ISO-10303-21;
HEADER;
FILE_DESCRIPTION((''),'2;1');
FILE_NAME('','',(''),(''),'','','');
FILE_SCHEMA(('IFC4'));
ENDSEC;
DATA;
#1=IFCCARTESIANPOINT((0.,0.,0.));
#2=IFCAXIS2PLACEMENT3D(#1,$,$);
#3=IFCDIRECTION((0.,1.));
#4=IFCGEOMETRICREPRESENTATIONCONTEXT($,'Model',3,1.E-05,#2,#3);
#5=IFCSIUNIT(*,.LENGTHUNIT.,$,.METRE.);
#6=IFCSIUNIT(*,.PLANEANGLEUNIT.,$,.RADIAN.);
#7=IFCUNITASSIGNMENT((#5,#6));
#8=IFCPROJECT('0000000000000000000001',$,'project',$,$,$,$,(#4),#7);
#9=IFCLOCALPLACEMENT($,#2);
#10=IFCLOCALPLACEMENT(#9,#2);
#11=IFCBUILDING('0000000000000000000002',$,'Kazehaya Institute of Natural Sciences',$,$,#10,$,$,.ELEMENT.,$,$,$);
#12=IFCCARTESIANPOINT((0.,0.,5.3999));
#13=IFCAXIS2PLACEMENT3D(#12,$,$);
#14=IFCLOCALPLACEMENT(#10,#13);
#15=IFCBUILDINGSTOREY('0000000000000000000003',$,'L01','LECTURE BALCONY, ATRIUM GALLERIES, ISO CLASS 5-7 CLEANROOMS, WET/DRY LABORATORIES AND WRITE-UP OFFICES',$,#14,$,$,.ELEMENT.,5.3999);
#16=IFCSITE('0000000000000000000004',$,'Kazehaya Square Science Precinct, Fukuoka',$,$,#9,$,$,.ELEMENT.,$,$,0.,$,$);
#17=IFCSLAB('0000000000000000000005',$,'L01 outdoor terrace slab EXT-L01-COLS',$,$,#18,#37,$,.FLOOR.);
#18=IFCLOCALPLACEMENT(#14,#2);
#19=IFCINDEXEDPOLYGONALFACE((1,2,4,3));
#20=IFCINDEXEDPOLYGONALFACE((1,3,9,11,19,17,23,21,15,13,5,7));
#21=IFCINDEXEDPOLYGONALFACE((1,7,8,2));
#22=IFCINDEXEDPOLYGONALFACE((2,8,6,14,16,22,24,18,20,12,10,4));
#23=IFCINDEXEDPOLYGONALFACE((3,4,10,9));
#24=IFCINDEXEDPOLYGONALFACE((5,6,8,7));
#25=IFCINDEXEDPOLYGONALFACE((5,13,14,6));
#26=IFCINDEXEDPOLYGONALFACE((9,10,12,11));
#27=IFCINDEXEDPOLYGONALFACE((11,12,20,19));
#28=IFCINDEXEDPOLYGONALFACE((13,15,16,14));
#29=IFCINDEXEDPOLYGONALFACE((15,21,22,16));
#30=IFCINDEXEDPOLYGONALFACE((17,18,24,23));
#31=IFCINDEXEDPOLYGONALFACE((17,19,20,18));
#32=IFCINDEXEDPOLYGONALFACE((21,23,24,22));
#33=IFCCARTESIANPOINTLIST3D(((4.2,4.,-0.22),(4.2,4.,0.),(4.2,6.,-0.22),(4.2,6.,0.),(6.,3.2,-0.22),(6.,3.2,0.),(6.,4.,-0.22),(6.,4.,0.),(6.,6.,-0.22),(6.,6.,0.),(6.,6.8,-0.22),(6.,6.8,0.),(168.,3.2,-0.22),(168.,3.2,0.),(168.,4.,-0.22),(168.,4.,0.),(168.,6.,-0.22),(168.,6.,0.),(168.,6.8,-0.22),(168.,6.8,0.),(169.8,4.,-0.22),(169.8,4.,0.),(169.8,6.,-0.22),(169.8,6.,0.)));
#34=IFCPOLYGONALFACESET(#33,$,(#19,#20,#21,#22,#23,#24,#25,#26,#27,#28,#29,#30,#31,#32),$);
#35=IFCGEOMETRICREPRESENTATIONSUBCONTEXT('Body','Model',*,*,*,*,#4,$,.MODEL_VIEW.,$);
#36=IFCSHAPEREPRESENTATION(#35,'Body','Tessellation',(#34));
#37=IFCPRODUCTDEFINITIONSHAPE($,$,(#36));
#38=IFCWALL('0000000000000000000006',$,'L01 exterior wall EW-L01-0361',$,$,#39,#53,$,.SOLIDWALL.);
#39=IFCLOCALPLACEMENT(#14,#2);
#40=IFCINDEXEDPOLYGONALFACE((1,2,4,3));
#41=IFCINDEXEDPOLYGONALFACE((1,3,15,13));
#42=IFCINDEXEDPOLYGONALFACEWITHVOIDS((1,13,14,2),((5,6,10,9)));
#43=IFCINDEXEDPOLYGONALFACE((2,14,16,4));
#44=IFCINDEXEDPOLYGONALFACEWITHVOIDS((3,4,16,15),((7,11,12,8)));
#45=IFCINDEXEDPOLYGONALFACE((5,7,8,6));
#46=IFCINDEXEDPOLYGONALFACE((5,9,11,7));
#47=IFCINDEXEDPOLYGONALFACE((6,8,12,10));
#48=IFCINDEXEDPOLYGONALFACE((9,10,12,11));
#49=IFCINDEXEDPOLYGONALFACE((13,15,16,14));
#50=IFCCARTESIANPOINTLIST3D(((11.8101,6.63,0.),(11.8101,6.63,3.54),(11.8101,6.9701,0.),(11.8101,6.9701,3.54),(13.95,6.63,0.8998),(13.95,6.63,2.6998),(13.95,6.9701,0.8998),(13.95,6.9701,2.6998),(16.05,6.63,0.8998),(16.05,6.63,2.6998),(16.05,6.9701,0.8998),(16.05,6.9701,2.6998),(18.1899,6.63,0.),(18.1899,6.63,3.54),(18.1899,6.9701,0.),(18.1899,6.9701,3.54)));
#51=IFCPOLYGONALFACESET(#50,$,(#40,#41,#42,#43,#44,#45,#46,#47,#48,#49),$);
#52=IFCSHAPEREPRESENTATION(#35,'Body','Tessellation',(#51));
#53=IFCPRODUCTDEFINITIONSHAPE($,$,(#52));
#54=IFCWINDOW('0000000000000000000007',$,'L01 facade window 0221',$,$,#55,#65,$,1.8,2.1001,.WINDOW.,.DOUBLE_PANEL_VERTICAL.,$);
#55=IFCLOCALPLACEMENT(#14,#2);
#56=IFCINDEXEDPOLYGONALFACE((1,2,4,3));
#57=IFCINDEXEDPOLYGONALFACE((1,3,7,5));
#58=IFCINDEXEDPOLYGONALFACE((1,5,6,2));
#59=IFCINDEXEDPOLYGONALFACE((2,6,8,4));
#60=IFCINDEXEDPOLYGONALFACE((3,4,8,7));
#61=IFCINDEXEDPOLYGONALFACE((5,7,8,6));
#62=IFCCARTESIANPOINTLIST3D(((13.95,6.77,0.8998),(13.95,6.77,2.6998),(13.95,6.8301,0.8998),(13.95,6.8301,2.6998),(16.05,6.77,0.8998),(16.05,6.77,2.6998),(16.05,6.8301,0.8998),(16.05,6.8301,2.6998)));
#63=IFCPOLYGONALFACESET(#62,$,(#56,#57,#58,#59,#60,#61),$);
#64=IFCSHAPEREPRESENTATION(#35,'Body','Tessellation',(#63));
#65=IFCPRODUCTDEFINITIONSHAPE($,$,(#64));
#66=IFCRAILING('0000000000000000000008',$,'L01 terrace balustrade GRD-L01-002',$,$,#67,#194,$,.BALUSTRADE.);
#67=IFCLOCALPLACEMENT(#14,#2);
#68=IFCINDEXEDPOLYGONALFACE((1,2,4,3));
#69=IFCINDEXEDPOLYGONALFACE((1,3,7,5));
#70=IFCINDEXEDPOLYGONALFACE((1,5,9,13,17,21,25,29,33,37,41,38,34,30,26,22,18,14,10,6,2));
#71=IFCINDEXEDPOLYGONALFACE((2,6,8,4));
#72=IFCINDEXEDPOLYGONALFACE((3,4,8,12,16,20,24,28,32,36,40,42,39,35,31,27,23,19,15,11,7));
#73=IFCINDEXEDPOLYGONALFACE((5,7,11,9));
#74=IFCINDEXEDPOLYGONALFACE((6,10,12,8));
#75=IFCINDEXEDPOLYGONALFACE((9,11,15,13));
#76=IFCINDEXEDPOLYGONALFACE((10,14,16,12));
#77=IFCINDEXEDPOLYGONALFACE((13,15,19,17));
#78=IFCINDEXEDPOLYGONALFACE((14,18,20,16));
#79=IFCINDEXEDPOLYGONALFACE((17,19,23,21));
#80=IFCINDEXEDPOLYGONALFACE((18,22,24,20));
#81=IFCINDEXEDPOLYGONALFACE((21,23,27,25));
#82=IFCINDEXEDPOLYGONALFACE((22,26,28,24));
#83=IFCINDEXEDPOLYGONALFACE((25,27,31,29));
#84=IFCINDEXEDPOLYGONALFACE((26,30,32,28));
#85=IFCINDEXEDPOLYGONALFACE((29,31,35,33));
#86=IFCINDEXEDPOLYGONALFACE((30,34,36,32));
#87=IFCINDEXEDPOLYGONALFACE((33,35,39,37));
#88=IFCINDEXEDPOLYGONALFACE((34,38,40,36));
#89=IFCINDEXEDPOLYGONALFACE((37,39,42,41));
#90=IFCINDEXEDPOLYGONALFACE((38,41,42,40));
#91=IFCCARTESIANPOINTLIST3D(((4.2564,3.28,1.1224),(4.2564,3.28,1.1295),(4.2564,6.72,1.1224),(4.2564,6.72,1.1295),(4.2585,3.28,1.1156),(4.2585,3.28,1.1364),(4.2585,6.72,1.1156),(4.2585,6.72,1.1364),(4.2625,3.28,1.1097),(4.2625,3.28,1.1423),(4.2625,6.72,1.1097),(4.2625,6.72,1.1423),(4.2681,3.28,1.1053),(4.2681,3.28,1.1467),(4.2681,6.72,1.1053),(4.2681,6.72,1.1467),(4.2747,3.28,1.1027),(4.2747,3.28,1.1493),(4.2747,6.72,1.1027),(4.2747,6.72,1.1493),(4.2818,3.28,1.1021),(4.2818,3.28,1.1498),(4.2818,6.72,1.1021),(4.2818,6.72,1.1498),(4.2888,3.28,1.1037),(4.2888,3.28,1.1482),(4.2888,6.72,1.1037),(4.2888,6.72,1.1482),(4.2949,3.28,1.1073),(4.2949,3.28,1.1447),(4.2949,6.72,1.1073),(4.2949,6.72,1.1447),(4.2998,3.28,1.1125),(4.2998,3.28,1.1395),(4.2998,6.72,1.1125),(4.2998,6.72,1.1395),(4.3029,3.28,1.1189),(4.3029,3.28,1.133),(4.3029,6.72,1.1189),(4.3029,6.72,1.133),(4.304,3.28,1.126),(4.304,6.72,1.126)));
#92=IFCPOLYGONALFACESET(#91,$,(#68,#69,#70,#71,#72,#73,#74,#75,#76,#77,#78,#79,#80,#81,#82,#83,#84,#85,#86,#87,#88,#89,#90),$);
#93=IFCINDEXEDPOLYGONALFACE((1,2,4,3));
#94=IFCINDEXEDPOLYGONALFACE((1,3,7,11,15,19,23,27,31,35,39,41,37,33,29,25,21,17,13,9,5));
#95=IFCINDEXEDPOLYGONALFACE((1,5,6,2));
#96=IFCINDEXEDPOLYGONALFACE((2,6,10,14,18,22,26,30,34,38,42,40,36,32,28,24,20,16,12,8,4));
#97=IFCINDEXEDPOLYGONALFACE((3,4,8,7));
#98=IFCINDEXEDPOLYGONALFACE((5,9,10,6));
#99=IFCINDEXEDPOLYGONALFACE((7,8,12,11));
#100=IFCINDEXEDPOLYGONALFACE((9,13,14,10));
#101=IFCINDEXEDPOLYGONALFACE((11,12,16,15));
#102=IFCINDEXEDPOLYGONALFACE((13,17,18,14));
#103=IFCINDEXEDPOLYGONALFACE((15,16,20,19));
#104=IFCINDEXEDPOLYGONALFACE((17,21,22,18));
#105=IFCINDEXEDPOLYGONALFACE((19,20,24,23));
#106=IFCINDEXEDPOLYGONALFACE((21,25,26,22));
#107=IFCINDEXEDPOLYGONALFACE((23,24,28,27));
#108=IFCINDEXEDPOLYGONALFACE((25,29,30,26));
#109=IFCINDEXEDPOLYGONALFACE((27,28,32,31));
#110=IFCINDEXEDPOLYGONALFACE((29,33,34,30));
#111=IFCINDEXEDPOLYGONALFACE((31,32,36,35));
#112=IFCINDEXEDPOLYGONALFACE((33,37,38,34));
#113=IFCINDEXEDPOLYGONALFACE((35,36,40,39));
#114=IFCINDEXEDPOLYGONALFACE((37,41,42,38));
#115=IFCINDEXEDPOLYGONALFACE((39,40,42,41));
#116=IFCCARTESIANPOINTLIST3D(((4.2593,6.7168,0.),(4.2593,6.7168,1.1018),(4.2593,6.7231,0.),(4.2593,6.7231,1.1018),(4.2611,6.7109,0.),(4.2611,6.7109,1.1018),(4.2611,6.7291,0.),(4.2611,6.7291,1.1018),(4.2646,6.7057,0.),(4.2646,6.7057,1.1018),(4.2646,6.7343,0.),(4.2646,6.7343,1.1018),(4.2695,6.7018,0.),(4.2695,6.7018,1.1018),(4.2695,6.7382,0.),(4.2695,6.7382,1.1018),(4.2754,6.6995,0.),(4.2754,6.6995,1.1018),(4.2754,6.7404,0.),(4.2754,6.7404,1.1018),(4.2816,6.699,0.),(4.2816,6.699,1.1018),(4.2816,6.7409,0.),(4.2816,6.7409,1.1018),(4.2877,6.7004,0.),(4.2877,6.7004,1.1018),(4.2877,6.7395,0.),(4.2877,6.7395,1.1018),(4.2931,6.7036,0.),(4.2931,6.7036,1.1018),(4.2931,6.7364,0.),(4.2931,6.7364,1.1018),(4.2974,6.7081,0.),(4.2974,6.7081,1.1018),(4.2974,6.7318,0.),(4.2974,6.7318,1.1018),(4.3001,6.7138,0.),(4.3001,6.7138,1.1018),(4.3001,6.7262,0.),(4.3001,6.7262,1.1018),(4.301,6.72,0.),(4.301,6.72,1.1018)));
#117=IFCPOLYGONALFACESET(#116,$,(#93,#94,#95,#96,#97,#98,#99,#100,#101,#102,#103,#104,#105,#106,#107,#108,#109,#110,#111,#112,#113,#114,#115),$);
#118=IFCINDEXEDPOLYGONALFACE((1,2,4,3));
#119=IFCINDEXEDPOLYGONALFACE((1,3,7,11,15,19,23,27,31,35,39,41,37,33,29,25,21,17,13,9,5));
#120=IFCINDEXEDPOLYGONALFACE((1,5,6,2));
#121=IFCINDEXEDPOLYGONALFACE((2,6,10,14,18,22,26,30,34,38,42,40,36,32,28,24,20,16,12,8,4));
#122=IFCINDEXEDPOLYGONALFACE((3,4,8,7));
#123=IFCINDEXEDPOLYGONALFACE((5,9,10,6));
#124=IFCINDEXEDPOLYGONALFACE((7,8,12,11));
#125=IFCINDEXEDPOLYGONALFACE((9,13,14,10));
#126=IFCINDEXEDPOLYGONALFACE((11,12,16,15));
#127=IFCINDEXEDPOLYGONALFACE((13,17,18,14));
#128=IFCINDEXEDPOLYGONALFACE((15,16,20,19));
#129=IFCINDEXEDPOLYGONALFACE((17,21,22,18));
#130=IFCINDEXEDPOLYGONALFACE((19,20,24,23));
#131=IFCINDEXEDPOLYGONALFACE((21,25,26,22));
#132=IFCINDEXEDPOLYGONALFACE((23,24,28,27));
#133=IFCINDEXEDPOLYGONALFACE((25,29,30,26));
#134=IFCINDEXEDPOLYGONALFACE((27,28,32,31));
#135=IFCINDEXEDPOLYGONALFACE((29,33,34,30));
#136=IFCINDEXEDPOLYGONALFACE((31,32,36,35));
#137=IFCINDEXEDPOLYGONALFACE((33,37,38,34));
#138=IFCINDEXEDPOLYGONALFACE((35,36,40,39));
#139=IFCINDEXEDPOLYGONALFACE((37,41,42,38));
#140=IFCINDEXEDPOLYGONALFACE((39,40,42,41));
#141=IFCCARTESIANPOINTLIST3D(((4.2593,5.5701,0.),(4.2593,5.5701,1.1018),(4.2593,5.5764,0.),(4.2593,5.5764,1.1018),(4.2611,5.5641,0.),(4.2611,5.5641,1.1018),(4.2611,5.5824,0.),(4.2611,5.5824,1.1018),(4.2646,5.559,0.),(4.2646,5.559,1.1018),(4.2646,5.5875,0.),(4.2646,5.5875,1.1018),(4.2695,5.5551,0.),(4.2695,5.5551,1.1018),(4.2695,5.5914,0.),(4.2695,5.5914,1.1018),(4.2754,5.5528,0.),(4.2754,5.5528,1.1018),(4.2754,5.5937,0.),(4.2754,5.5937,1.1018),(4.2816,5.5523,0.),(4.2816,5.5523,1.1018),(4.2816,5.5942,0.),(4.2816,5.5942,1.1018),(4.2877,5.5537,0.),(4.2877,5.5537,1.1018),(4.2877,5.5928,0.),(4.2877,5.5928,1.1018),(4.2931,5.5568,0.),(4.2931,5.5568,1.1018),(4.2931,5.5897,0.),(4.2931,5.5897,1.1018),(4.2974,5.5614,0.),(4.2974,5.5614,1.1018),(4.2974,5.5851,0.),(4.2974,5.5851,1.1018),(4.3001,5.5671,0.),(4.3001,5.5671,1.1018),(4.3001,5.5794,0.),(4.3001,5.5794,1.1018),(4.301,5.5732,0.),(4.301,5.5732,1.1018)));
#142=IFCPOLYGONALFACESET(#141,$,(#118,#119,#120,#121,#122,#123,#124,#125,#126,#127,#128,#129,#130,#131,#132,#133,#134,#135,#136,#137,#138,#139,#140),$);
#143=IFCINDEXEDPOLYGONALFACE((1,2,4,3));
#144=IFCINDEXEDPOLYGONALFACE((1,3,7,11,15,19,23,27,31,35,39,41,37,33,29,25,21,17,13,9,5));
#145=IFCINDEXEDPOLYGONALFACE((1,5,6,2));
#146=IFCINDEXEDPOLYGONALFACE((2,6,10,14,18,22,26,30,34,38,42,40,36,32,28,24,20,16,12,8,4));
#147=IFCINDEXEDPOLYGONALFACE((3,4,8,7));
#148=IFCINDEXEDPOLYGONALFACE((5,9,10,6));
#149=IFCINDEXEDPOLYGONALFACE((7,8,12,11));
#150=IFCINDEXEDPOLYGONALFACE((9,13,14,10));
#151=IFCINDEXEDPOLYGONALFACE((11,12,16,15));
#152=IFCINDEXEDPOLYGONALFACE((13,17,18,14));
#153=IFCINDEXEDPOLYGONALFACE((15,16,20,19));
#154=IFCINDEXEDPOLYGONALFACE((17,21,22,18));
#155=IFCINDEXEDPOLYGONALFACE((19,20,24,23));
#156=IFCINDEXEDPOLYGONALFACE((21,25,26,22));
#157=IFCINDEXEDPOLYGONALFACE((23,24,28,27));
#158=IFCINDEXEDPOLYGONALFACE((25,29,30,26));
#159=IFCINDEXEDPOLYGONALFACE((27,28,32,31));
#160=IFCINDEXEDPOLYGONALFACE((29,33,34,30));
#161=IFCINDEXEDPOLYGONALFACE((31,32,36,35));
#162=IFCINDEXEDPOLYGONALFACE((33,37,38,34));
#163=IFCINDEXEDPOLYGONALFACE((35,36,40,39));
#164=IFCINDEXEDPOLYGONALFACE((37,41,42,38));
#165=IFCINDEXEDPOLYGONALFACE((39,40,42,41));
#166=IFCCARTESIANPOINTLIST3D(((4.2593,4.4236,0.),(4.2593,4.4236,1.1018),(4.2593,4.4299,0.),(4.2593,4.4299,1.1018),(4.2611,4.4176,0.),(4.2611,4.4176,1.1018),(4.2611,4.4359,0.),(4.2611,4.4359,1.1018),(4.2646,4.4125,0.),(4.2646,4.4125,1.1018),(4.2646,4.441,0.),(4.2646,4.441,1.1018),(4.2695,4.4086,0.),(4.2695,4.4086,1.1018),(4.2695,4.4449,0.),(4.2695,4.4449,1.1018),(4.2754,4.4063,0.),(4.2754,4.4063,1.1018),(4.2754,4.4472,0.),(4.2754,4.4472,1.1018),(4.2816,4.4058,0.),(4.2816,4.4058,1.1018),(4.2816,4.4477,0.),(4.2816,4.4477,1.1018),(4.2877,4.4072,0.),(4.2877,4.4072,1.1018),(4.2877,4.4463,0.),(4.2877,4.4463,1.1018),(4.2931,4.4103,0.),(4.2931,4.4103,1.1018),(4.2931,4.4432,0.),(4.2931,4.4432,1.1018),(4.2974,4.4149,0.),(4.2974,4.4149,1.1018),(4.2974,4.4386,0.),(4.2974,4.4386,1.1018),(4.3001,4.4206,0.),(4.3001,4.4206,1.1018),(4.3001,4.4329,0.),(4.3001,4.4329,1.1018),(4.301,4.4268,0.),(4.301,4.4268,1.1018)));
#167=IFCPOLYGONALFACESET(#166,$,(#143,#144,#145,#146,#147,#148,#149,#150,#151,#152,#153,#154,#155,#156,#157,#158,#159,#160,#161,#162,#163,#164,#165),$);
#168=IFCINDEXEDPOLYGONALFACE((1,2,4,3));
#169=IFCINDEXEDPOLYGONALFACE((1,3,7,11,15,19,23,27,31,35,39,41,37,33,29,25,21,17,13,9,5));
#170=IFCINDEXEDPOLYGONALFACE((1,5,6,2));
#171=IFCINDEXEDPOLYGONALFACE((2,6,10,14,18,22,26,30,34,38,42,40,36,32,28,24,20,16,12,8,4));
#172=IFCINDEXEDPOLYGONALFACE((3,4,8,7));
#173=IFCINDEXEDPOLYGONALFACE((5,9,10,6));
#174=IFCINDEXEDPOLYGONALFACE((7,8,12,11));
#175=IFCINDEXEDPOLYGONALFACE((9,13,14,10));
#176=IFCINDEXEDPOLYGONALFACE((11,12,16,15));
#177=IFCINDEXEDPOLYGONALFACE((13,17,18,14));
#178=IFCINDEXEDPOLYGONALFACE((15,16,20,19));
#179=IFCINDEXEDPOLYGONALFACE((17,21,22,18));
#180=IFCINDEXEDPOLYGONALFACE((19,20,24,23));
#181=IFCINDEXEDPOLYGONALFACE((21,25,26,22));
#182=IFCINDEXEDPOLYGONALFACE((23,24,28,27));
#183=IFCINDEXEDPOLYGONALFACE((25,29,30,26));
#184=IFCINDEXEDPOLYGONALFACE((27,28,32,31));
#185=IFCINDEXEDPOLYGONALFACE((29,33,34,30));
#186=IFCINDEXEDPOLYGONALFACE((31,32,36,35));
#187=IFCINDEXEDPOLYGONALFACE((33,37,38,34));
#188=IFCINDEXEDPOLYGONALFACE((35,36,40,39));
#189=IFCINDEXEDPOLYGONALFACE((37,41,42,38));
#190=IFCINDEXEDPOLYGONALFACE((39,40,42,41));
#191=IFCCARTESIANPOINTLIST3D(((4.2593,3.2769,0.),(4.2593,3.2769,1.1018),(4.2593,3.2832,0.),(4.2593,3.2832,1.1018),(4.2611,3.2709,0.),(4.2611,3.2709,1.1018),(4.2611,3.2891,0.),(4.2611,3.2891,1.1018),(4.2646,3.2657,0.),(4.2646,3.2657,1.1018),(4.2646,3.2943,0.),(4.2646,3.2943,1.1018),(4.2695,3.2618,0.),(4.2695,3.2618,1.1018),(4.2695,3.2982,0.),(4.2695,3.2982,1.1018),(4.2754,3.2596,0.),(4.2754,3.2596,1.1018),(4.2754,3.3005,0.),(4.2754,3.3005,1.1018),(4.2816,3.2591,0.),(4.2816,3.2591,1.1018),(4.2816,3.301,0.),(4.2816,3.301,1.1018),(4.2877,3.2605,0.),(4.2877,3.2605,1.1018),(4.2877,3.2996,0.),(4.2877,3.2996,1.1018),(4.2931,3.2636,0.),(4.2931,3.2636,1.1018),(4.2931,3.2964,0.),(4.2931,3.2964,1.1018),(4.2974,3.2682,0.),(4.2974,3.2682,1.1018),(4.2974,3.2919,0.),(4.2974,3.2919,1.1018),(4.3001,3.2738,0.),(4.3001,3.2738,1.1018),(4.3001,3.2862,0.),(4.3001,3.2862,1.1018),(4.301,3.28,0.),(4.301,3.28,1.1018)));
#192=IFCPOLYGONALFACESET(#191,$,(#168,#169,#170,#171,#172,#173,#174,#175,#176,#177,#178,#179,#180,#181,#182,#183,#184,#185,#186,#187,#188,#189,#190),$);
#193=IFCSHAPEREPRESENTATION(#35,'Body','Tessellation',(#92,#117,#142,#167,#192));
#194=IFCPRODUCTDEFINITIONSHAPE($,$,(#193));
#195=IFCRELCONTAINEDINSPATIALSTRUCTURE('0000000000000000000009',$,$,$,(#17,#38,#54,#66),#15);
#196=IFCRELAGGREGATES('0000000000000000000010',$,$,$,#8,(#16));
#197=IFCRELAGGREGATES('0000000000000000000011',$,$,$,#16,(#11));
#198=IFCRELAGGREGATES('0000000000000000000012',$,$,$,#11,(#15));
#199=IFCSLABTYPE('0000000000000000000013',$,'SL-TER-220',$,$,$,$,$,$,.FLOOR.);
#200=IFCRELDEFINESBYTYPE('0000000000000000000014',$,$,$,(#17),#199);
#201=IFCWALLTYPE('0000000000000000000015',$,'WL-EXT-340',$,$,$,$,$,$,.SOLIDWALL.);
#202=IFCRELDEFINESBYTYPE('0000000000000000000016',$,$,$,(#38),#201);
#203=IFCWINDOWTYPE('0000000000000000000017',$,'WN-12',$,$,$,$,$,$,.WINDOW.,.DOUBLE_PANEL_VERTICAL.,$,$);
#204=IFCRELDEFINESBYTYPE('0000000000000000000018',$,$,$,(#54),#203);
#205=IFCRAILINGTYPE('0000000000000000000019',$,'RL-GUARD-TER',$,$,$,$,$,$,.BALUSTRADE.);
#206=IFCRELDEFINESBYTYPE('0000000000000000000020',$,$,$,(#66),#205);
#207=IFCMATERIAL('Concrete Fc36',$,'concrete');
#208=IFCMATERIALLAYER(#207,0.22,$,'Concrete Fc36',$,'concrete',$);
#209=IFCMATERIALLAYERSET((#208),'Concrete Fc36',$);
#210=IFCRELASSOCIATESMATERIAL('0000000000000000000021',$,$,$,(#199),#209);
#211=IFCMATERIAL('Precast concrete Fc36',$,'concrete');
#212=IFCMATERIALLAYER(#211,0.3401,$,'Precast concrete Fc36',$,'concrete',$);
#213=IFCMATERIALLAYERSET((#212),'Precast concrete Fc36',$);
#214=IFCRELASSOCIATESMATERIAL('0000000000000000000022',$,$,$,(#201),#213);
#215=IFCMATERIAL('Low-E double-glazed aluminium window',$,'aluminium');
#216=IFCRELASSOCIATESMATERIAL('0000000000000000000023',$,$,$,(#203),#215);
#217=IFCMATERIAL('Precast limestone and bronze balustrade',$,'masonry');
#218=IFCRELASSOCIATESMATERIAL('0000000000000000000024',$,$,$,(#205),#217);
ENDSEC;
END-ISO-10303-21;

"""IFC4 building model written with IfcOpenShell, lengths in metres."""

from ifc_helpers import new_model, si_unit, direction, frame, frame_2d, origin, origin_2d, place, context, subcontext, project, spatial, polyline, rectangle, circle, outline, extrude, material, layer, layer_set, type_object, element, fill, save


model = new_model("IFC4")

# Units and contexts
model_context = context("Model", 3, precision=1e-05, world=origin(), true_north=direction((0.0, 1.0)))
body_context = subcontext(model_context, "Body", "Model", "MODEL_VIEW")
ifc_project = project(units=[si_unit("LENGTHUNIT", "METRE"), si_unit("PLANEANGLEUNIT", "RADIAN")], contexts=[model_context])

# Site, building, storey
site_placement = place(None, origin())
site = spatial("IfcSite", under=ifc_project, at=site_placement, Name="Kazehaya Square Science Precinct, Fukuoka", CompositionType="ELEMENT", RefElevation=0.0)
building_placement = place(site_placement, origin())
building = spatial("IfcBuilding", under=site, at=building_placement, Name="Kazehaya Institute of Natural Sciences", CompositionType="ELEMENT")
storey_placement = place(building_placement, frame((0.0, 0.0, 5.3999)))
storey = spatial("IfcBuildingStorey", under=building, at=storey_placement, Name="L01", Description="LECTURE BALCONY, ATRIUM GALLERIES, ISO CLASS 5-7 CLEANROOMS, WET/DRY LABORATORIES AND WRITE-UP OFFICES", CompositionType="ELEMENT", Elevation=5.3999)

# Shared definitions
ifc_material_1 = material(Name="Concrete Fc36", Category="concrete")

# Slab
ifc_layer_1 = layer(ifc_material_1, 0.22, Name="Concrete Fc36", Category="concrete")
ifc_layer_set_1 = layer_set([ifc_layer_1], Name="Concrete Fc36")
slab_type_1 = type_object("IfcSlabType", Name="SL-TER-220", PredefinedType="FLOOR", material=ifc_layer_set_1)
slab_1_placement = place(storey_placement, frame((0.0, 0.0, -0.22)))
element("IfcSlab", 1, at=slab_1_placement, inside=storey, type_object=slab_type_1, Name="L01 outdoor terrace slab EXT-L01-COLS", PredefinedType="FLOOR", context=body_context, shape_type="SweptSolid", body=[
    extrude(outline(polyline([(6.0, 3.2), (168.0, 3.2), (168.0, 4.0), (169.8, 4.0), (169.8, 6.0), (168.0, 6.0), (168.0, 6.8), (6.0, 6.8), (6.0, 6.0), (4.2, 6.0), (4.2, 4.0), (6.0, 4.0), (6.0, 3.2)])), origin(), (0.0, 0.0, 1.0), 0.22),
])

# Wall, opening, window
ifc_material_2 = material(Name="Precast concrete Fc36", Category="concrete")
ifc_layer_2 = layer(ifc_material_2, 0.3401, Name="Precast concrete Fc36", Category="concrete")
ifc_layer_set_2 = layer_set([ifc_layer_2], Name="Precast concrete Fc36")
wall_type = type_object("IfcWallType", Name="WL-EXT-340", PredefinedType="SOLIDWALL", material=ifc_layer_set_2)
wall_placement = place(storey_placement, frame((18.1899, 6.8, 0.0), z_axis=(0.0, 0.0, 1.0), x_axis=(-1.0, 0.0, 0.0)))
wall = element("IfcWall", 2, at=wall_placement, inside=storey, type_object=wall_type, Name="L01 exterior wall EW-L01-0361", PredefinedType="SOLIDWALL", context=body_context, shape_type="SweptSolid", body=[
    extrude(rectangle(XDim=6.3799, YDim=0.3401, at=frame_2d((3.1899, 0.0))), origin(), (0.0, 0.0, 1.0), 3.54),
])
opening_placement = place(wall_placement, frame((2.1399, 0.0, 0.8999)))
opening = element("IfcOpeningElement", 3, at=opening_placement, cuts=wall, PredefinedType="OPENING", context=body_context, shape_type="SweptSolid", body=[
    extrude(rectangle(XDim=2.1001, YDim=1.8, at=frame_2d((1.05, 0.8999))), frame((0.0, 0.1799, 0.0), z_axis=(0.0, -1.0, 0.0), x_axis=(1.0, 0.0, 0.0)), (0.0, 0.0, 1.0), 0.3601),
])
ifc_material_3 = material(Name="Low-E double-glazed aluminium window", Category="aluminium")
window_type = type_object("IfcWindowType", Name="WN-12", PartitioningType="DOUBLE_PANEL_VERTICAL", PredefinedType="WINDOW", material=ifc_material_3)
window_placement = place(opening_placement, origin())
window = element("IfcWindow", 4, at=window_placement, inside=storey, type_object=window_type, Name="L01 facade window 0221", OverallHeight=1.8, OverallWidth=2.1001, PartitioningType="DOUBLE_PANEL_VERTICAL", PredefinedType="WINDOW", context=body_context, shape_type="SweptSolid", body=[
    extrude(rectangle(XDim=2.1001, YDim=1.8, at=frame_2d((1.05, 0.8999))), frame((0.0, 0.03, 0.0), z_axis=(0.0, -1.0, 0.0), x_axis=(1.0, 0.0, 0.0)), (0.0, 0.0, 1.0), 0.0601),
])
fill(opening, window)

# Railing
ifc_material_4 = material(Name="Precast limestone and bronze balustrade", Category="masonry")
railing_type = type_object("IfcRailingType", Name="RL-GUARD-TER", PredefinedType="BALUSTRADE", material=ifc_material_4)
railing_1_placement = place(storey_placement, frame((4.28, 6.72, 0.0)))
element("IfcRailing", 5, at=railing_1_placement, inside=storey, type_object=railing_type, Name="L01 terrace balustrade GRD-L01-002", PredefinedType="BALUSTRADE", context=body_context, shape_type="SweptSolid", body=[
    extrude(circle(Radius=0.0239, at=origin_2d()), frame((0.0, 0.0, 1.126), z_axis=(0.0, -1.0, 0.0), x_axis=(1.0, 0.0, 0.0)), (0.0, 0.0, 1.0), 3.4399),
    extrude(circle(Radius=0.021, at=origin_2d()), origin(), (0.0, 0.0, 1.0), 1.1018),
    extrude(circle(Radius=0.021, at=origin_2d()), frame((0.0, -1.1467, 0.0)), (0.0, 0.0, 1.0), 1.1018),
    extrude(circle(Radius=0.021, at=origin_2d()), frame((0.0, -2.2932, 0.0)), (0.0, 0.0, 1.0), 1.1018),
    extrude(circle(Radius=0.021, at=origin_2d()), frame((0.0, -3.4399, 0.0)), (0.0, 0.0, 1.0), 1.1018),
])

save(model, "model.ifc")
